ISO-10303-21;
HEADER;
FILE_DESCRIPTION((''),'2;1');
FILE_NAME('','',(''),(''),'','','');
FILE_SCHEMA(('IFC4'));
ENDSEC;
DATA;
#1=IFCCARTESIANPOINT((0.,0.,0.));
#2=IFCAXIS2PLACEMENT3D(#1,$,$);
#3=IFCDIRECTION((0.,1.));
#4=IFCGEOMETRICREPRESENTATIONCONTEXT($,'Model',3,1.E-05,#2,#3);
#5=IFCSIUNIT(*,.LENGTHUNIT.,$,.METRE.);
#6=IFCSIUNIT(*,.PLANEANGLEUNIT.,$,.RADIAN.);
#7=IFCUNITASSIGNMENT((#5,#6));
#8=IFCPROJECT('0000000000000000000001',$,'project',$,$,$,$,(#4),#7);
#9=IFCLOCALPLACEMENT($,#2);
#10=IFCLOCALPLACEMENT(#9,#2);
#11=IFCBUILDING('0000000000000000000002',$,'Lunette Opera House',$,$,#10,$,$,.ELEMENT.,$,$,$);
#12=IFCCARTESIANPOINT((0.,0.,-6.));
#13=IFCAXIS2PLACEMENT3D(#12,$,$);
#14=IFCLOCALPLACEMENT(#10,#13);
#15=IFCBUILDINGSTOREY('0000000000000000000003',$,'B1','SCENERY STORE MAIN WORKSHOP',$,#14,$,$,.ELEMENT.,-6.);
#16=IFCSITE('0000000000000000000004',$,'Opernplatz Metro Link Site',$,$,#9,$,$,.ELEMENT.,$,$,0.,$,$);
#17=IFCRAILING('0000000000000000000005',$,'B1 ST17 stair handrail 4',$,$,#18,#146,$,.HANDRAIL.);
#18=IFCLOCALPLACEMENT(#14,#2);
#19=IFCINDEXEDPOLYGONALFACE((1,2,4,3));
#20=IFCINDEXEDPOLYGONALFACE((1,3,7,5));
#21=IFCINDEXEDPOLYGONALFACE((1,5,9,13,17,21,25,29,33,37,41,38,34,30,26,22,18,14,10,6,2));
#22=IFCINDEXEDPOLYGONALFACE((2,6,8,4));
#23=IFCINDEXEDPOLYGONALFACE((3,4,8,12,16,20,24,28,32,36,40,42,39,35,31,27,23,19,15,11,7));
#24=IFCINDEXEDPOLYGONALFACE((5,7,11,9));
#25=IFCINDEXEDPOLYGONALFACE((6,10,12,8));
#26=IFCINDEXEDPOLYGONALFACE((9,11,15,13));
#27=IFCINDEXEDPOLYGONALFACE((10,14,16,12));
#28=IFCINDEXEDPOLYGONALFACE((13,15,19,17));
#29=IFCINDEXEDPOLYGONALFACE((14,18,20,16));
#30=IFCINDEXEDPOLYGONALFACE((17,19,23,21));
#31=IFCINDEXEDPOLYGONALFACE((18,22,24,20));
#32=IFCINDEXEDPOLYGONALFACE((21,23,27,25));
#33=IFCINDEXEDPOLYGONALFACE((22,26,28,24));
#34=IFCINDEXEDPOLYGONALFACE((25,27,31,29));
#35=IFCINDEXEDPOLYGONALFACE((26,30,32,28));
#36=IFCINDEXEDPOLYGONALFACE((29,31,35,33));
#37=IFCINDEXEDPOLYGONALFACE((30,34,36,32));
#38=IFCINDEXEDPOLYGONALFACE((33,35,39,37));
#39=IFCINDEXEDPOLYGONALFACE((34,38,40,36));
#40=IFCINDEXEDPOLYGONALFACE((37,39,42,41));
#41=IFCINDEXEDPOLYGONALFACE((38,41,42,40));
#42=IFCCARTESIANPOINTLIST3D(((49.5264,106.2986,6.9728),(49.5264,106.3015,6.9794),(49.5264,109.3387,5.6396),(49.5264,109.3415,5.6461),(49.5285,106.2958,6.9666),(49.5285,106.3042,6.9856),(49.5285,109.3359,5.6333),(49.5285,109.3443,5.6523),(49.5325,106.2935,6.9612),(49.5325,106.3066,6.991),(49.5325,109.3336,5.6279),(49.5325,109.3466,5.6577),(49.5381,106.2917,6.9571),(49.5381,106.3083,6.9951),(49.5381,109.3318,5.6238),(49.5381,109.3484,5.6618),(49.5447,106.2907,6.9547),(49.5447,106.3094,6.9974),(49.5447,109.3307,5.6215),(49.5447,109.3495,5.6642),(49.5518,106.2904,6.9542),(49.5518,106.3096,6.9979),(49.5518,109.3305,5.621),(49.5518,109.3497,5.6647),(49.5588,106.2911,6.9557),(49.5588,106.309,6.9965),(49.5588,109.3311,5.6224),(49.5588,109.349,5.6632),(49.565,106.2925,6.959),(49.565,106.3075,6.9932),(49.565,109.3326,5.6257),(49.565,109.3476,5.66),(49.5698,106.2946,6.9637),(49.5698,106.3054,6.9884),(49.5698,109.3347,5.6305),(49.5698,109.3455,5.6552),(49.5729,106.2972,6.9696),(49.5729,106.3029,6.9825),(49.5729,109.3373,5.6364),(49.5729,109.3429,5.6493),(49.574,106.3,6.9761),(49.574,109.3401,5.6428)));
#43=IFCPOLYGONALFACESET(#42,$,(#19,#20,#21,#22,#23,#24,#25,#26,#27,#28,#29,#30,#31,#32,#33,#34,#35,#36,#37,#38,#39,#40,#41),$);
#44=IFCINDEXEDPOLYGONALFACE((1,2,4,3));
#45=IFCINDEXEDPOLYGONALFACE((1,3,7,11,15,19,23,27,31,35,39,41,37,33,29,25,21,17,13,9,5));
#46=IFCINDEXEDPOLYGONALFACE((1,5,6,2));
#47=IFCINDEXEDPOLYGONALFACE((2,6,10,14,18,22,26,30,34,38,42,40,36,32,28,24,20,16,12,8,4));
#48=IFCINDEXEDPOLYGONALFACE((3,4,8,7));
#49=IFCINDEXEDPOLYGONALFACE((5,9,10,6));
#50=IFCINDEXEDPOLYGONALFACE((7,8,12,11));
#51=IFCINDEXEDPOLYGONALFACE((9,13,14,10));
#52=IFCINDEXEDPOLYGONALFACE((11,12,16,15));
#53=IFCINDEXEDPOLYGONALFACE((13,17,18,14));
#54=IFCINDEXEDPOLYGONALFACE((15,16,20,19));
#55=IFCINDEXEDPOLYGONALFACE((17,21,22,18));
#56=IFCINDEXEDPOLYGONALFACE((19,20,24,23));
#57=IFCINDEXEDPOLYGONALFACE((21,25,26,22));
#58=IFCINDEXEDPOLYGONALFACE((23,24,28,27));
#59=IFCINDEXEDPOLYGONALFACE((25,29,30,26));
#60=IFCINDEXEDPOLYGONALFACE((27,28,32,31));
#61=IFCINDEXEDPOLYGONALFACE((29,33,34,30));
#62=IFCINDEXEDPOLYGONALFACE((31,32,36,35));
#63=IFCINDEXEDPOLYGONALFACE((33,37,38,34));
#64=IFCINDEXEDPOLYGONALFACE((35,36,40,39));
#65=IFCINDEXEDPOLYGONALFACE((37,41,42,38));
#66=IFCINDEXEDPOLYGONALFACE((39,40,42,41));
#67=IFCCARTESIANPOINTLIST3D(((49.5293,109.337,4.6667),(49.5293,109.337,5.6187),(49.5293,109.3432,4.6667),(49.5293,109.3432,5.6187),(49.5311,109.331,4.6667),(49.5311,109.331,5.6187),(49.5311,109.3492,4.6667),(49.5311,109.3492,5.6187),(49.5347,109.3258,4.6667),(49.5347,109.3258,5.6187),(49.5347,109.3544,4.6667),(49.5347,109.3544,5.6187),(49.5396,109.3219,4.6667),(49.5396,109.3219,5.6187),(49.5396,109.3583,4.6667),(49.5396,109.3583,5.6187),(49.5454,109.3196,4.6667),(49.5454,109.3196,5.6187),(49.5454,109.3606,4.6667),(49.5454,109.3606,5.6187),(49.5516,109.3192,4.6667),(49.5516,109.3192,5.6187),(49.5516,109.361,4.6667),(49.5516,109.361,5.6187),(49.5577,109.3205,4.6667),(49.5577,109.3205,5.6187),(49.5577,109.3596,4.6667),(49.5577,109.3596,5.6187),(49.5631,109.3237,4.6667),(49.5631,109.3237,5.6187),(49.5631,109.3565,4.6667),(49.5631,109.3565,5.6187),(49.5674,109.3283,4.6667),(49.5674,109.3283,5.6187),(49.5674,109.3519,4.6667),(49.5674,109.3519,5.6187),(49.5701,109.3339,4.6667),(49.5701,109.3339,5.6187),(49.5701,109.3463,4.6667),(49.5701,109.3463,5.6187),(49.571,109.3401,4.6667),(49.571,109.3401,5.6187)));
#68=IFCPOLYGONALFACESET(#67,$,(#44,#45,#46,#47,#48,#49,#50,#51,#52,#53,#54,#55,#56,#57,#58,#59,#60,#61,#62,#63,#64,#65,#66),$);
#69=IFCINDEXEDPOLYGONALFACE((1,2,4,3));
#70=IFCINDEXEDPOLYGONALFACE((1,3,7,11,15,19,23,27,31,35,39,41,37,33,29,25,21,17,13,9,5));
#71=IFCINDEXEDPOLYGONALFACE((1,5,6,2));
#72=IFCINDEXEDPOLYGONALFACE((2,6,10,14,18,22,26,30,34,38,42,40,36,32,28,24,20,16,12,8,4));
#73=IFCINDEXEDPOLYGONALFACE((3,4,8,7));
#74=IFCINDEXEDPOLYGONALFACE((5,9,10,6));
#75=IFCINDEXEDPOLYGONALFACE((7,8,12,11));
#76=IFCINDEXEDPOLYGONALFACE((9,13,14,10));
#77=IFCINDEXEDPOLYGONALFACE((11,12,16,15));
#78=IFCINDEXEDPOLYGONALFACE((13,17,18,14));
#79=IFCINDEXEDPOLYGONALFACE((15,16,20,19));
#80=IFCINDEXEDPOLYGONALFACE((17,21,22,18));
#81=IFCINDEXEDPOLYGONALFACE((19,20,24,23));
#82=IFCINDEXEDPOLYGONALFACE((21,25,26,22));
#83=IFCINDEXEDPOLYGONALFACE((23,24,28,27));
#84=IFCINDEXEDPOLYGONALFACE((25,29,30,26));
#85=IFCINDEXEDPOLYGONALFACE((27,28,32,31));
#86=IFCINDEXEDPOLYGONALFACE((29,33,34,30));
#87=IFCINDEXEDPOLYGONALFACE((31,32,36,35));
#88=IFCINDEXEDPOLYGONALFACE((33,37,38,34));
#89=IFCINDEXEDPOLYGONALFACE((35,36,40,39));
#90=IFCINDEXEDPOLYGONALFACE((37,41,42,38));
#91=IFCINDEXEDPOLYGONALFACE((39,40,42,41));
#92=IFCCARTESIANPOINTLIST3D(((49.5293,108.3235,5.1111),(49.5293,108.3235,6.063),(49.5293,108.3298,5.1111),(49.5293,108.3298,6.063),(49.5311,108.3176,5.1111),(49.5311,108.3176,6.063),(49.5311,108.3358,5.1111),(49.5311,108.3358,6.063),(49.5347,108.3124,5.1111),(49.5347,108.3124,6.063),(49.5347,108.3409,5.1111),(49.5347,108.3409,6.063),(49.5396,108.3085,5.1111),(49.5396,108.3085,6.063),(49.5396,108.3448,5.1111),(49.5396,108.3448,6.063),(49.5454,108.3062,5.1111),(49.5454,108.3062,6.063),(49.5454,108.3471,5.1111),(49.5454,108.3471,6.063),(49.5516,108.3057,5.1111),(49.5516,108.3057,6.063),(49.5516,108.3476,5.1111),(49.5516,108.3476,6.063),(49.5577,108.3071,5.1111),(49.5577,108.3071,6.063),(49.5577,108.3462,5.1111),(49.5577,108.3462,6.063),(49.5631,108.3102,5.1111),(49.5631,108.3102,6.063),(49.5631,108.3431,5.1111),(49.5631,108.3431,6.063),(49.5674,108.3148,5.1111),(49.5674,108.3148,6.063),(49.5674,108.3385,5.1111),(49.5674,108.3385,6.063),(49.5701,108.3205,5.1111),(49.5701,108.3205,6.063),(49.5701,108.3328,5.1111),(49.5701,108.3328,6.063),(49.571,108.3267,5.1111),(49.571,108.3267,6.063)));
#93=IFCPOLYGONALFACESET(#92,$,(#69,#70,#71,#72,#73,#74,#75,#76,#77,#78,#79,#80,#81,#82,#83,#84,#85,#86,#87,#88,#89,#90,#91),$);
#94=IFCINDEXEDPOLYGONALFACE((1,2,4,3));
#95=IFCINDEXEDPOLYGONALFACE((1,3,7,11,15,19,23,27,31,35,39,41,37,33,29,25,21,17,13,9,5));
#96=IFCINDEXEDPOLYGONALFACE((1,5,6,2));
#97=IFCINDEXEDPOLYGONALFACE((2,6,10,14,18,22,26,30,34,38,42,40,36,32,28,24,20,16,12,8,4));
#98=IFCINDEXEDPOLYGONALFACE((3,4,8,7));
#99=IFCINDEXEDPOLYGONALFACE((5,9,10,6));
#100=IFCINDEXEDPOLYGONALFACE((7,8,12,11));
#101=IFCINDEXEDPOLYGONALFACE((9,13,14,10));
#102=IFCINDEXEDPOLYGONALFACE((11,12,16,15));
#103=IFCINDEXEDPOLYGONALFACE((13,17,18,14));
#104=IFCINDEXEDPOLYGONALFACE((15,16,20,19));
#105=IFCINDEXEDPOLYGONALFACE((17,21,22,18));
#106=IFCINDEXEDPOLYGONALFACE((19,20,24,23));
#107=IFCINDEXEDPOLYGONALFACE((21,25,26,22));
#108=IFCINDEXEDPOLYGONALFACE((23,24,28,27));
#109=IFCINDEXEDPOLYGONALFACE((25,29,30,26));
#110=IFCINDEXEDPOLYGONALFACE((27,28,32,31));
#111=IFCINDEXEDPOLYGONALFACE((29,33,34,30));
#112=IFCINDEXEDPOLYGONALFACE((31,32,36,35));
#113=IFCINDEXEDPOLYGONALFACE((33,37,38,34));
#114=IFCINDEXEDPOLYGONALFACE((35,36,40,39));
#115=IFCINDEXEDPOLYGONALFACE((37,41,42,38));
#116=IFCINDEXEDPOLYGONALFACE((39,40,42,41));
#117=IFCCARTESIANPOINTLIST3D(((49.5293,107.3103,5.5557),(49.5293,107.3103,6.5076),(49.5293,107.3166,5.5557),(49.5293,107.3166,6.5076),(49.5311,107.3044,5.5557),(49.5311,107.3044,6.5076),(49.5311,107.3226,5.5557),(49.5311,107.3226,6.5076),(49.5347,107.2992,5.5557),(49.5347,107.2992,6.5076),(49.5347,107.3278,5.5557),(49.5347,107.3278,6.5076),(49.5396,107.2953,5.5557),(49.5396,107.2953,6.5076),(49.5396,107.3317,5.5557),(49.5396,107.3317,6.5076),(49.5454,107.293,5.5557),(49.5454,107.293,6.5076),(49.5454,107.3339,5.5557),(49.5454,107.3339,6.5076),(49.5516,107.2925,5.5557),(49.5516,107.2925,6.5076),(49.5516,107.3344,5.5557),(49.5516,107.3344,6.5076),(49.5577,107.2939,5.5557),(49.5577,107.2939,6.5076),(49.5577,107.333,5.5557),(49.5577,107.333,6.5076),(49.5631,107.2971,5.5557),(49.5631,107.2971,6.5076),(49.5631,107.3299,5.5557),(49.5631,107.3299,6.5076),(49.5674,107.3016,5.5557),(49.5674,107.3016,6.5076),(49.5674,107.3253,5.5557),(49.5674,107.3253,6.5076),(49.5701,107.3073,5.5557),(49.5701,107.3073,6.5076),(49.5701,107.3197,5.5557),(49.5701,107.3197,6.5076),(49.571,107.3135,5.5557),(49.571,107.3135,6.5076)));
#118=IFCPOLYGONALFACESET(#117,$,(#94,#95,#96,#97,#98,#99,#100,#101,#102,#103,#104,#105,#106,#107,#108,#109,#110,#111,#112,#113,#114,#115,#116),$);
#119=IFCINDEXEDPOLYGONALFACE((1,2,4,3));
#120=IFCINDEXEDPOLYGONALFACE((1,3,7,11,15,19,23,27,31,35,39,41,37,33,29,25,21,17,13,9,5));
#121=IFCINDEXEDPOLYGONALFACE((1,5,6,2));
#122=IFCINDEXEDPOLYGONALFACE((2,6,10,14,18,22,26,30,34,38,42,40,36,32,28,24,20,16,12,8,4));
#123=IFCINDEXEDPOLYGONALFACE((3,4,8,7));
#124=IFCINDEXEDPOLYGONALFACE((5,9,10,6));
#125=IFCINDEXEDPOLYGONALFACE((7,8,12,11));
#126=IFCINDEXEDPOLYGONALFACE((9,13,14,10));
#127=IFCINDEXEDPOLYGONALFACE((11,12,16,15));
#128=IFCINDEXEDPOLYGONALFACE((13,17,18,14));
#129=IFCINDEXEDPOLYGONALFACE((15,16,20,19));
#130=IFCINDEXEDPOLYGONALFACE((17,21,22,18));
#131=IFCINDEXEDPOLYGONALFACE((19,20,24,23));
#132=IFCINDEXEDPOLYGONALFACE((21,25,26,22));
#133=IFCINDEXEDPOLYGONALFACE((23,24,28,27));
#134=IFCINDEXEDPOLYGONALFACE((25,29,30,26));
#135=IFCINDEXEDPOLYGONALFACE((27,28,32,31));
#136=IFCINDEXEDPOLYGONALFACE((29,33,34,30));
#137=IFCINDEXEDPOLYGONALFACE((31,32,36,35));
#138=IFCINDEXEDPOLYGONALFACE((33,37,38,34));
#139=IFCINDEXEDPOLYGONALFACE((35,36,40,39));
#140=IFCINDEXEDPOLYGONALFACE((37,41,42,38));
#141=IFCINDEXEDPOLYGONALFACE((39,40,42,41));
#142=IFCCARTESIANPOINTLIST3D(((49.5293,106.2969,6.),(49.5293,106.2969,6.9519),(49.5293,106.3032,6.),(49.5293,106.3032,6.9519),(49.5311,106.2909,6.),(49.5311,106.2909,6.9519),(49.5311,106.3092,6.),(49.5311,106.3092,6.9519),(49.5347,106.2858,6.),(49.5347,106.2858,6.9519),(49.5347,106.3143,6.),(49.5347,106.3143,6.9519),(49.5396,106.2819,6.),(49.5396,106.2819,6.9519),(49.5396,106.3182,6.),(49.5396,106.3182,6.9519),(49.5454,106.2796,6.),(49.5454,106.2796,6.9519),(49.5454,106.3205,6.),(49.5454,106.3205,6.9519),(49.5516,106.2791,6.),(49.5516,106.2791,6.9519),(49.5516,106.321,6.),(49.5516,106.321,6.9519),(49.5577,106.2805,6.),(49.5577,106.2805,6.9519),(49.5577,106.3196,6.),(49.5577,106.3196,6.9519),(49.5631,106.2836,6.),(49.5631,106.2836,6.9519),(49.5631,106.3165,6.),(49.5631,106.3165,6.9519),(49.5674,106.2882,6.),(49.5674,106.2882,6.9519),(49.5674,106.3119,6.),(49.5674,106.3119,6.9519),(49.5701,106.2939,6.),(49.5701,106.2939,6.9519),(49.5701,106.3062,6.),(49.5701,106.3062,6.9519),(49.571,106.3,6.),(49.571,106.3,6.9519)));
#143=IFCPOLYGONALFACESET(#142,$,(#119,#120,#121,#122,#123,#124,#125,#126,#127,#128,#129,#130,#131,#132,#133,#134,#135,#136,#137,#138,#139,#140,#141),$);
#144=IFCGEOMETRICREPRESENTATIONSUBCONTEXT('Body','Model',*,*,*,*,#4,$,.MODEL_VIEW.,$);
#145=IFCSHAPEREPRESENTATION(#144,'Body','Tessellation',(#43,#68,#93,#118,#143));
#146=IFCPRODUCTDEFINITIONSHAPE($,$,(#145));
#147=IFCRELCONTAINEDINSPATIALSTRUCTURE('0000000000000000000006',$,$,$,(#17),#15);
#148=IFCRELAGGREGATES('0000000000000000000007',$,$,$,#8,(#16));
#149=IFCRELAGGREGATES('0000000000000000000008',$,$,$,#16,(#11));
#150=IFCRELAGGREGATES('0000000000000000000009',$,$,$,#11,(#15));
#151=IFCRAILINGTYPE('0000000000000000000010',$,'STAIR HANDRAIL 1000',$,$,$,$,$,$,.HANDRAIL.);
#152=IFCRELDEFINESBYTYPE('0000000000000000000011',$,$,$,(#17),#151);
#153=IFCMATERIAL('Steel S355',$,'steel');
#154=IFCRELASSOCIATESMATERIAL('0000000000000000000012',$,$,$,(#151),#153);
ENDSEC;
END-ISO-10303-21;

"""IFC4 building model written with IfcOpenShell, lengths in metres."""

from ifc_helpers import new_model, si_unit, direction, frame, origin, origin_2d, place, context, subcontext, project, spatial, circle, extrude, material, type_object, element, save


model = new_model("IFC4")

# Units and contexts
model_context = context("Model", 3, precision=1e-05, world=origin(), true_north=direction((0.0, 1.0)))
body_context = subcontext(model_context, "Body", "Model", "MODEL_VIEW")
ifc_project = project(units=[si_unit("LENGTHUNIT", "METRE"), si_unit("PLANEANGLEUNIT", "RADIAN")], contexts=[model_context])

# Site, building, storey
site_placement = place(None, origin())
site = spatial("IfcSite", under=ifc_project, at=site_placement, Name="Opernplatz Metro Link Site", CompositionType="ELEMENT", RefElevation=0.0)
building_placement = place(site_placement, origin())
building = spatial("IfcBuilding", under=site, at=building_placement, Name="Lunette Opera House", CompositionType="ELEMENT")
storey_placement = place(building_placement, frame((0.0, 0.0, -6.0)))
storey = spatial("IfcBuildingStorey", under=building, at=storey_placement, Name="B1", Description="SCENERY STORE MAIN WORKSHOP", CompositionType="ELEMENT", Elevation=-6.0)

# Railing
ifc_material_1 = material(Name="Steel S355", Category="steel")
railing_type_1 = type_object("IfcRailingType", Name="STAIR HANDRAIL 1000", PredefinedType="HANDRAIL", material=ifc_material_1)
railing_1_placement = place(storey_placement, frame((49.55, 109.3401, 4.6667)))
element("IfcRailing", 1, at=railing_1_placement, inside=storey, type_object=railing_type_1, Name="B1 ST17 stair handrail 4", PredefinedType="HANDRAIL", context=body_context, shape_type="SweptSolid", body=[
    extrude(circle(Radius=0.0239, at=origin_2d()), frame((0.0, 0.0, 0.9761), z_axis=(0.0, -0.915799, 0.401637), x_axis=(1.0, 0.0, 0.0)), (0.0, 0.0, 1.0), 3.3196),
    extrude(circle(Radius=0.021, at=origin_2d()), origin(), (0.0, 0.0, 1.0), 0.9519),
    extrude(circle(Radius=0.021, at=origin_2d()), frame((0.0, -1.0134, 0.4443)), (0.0, 0.0, 1.0), 0.9519),
    extrude(circle(Radius=0.021, at=origin_2d()), frame((0.0, -2.0266, 0.8889)), (0.0, 0.0, 1.0), 0.9519),
    extrude(circle(Radius=0.021, at=origin_2d()), frame((0.0, -3.04, 1.3333)), (0.0, 0.0, 1.0), 0.9519),
])

save(model, "model.ifc")
